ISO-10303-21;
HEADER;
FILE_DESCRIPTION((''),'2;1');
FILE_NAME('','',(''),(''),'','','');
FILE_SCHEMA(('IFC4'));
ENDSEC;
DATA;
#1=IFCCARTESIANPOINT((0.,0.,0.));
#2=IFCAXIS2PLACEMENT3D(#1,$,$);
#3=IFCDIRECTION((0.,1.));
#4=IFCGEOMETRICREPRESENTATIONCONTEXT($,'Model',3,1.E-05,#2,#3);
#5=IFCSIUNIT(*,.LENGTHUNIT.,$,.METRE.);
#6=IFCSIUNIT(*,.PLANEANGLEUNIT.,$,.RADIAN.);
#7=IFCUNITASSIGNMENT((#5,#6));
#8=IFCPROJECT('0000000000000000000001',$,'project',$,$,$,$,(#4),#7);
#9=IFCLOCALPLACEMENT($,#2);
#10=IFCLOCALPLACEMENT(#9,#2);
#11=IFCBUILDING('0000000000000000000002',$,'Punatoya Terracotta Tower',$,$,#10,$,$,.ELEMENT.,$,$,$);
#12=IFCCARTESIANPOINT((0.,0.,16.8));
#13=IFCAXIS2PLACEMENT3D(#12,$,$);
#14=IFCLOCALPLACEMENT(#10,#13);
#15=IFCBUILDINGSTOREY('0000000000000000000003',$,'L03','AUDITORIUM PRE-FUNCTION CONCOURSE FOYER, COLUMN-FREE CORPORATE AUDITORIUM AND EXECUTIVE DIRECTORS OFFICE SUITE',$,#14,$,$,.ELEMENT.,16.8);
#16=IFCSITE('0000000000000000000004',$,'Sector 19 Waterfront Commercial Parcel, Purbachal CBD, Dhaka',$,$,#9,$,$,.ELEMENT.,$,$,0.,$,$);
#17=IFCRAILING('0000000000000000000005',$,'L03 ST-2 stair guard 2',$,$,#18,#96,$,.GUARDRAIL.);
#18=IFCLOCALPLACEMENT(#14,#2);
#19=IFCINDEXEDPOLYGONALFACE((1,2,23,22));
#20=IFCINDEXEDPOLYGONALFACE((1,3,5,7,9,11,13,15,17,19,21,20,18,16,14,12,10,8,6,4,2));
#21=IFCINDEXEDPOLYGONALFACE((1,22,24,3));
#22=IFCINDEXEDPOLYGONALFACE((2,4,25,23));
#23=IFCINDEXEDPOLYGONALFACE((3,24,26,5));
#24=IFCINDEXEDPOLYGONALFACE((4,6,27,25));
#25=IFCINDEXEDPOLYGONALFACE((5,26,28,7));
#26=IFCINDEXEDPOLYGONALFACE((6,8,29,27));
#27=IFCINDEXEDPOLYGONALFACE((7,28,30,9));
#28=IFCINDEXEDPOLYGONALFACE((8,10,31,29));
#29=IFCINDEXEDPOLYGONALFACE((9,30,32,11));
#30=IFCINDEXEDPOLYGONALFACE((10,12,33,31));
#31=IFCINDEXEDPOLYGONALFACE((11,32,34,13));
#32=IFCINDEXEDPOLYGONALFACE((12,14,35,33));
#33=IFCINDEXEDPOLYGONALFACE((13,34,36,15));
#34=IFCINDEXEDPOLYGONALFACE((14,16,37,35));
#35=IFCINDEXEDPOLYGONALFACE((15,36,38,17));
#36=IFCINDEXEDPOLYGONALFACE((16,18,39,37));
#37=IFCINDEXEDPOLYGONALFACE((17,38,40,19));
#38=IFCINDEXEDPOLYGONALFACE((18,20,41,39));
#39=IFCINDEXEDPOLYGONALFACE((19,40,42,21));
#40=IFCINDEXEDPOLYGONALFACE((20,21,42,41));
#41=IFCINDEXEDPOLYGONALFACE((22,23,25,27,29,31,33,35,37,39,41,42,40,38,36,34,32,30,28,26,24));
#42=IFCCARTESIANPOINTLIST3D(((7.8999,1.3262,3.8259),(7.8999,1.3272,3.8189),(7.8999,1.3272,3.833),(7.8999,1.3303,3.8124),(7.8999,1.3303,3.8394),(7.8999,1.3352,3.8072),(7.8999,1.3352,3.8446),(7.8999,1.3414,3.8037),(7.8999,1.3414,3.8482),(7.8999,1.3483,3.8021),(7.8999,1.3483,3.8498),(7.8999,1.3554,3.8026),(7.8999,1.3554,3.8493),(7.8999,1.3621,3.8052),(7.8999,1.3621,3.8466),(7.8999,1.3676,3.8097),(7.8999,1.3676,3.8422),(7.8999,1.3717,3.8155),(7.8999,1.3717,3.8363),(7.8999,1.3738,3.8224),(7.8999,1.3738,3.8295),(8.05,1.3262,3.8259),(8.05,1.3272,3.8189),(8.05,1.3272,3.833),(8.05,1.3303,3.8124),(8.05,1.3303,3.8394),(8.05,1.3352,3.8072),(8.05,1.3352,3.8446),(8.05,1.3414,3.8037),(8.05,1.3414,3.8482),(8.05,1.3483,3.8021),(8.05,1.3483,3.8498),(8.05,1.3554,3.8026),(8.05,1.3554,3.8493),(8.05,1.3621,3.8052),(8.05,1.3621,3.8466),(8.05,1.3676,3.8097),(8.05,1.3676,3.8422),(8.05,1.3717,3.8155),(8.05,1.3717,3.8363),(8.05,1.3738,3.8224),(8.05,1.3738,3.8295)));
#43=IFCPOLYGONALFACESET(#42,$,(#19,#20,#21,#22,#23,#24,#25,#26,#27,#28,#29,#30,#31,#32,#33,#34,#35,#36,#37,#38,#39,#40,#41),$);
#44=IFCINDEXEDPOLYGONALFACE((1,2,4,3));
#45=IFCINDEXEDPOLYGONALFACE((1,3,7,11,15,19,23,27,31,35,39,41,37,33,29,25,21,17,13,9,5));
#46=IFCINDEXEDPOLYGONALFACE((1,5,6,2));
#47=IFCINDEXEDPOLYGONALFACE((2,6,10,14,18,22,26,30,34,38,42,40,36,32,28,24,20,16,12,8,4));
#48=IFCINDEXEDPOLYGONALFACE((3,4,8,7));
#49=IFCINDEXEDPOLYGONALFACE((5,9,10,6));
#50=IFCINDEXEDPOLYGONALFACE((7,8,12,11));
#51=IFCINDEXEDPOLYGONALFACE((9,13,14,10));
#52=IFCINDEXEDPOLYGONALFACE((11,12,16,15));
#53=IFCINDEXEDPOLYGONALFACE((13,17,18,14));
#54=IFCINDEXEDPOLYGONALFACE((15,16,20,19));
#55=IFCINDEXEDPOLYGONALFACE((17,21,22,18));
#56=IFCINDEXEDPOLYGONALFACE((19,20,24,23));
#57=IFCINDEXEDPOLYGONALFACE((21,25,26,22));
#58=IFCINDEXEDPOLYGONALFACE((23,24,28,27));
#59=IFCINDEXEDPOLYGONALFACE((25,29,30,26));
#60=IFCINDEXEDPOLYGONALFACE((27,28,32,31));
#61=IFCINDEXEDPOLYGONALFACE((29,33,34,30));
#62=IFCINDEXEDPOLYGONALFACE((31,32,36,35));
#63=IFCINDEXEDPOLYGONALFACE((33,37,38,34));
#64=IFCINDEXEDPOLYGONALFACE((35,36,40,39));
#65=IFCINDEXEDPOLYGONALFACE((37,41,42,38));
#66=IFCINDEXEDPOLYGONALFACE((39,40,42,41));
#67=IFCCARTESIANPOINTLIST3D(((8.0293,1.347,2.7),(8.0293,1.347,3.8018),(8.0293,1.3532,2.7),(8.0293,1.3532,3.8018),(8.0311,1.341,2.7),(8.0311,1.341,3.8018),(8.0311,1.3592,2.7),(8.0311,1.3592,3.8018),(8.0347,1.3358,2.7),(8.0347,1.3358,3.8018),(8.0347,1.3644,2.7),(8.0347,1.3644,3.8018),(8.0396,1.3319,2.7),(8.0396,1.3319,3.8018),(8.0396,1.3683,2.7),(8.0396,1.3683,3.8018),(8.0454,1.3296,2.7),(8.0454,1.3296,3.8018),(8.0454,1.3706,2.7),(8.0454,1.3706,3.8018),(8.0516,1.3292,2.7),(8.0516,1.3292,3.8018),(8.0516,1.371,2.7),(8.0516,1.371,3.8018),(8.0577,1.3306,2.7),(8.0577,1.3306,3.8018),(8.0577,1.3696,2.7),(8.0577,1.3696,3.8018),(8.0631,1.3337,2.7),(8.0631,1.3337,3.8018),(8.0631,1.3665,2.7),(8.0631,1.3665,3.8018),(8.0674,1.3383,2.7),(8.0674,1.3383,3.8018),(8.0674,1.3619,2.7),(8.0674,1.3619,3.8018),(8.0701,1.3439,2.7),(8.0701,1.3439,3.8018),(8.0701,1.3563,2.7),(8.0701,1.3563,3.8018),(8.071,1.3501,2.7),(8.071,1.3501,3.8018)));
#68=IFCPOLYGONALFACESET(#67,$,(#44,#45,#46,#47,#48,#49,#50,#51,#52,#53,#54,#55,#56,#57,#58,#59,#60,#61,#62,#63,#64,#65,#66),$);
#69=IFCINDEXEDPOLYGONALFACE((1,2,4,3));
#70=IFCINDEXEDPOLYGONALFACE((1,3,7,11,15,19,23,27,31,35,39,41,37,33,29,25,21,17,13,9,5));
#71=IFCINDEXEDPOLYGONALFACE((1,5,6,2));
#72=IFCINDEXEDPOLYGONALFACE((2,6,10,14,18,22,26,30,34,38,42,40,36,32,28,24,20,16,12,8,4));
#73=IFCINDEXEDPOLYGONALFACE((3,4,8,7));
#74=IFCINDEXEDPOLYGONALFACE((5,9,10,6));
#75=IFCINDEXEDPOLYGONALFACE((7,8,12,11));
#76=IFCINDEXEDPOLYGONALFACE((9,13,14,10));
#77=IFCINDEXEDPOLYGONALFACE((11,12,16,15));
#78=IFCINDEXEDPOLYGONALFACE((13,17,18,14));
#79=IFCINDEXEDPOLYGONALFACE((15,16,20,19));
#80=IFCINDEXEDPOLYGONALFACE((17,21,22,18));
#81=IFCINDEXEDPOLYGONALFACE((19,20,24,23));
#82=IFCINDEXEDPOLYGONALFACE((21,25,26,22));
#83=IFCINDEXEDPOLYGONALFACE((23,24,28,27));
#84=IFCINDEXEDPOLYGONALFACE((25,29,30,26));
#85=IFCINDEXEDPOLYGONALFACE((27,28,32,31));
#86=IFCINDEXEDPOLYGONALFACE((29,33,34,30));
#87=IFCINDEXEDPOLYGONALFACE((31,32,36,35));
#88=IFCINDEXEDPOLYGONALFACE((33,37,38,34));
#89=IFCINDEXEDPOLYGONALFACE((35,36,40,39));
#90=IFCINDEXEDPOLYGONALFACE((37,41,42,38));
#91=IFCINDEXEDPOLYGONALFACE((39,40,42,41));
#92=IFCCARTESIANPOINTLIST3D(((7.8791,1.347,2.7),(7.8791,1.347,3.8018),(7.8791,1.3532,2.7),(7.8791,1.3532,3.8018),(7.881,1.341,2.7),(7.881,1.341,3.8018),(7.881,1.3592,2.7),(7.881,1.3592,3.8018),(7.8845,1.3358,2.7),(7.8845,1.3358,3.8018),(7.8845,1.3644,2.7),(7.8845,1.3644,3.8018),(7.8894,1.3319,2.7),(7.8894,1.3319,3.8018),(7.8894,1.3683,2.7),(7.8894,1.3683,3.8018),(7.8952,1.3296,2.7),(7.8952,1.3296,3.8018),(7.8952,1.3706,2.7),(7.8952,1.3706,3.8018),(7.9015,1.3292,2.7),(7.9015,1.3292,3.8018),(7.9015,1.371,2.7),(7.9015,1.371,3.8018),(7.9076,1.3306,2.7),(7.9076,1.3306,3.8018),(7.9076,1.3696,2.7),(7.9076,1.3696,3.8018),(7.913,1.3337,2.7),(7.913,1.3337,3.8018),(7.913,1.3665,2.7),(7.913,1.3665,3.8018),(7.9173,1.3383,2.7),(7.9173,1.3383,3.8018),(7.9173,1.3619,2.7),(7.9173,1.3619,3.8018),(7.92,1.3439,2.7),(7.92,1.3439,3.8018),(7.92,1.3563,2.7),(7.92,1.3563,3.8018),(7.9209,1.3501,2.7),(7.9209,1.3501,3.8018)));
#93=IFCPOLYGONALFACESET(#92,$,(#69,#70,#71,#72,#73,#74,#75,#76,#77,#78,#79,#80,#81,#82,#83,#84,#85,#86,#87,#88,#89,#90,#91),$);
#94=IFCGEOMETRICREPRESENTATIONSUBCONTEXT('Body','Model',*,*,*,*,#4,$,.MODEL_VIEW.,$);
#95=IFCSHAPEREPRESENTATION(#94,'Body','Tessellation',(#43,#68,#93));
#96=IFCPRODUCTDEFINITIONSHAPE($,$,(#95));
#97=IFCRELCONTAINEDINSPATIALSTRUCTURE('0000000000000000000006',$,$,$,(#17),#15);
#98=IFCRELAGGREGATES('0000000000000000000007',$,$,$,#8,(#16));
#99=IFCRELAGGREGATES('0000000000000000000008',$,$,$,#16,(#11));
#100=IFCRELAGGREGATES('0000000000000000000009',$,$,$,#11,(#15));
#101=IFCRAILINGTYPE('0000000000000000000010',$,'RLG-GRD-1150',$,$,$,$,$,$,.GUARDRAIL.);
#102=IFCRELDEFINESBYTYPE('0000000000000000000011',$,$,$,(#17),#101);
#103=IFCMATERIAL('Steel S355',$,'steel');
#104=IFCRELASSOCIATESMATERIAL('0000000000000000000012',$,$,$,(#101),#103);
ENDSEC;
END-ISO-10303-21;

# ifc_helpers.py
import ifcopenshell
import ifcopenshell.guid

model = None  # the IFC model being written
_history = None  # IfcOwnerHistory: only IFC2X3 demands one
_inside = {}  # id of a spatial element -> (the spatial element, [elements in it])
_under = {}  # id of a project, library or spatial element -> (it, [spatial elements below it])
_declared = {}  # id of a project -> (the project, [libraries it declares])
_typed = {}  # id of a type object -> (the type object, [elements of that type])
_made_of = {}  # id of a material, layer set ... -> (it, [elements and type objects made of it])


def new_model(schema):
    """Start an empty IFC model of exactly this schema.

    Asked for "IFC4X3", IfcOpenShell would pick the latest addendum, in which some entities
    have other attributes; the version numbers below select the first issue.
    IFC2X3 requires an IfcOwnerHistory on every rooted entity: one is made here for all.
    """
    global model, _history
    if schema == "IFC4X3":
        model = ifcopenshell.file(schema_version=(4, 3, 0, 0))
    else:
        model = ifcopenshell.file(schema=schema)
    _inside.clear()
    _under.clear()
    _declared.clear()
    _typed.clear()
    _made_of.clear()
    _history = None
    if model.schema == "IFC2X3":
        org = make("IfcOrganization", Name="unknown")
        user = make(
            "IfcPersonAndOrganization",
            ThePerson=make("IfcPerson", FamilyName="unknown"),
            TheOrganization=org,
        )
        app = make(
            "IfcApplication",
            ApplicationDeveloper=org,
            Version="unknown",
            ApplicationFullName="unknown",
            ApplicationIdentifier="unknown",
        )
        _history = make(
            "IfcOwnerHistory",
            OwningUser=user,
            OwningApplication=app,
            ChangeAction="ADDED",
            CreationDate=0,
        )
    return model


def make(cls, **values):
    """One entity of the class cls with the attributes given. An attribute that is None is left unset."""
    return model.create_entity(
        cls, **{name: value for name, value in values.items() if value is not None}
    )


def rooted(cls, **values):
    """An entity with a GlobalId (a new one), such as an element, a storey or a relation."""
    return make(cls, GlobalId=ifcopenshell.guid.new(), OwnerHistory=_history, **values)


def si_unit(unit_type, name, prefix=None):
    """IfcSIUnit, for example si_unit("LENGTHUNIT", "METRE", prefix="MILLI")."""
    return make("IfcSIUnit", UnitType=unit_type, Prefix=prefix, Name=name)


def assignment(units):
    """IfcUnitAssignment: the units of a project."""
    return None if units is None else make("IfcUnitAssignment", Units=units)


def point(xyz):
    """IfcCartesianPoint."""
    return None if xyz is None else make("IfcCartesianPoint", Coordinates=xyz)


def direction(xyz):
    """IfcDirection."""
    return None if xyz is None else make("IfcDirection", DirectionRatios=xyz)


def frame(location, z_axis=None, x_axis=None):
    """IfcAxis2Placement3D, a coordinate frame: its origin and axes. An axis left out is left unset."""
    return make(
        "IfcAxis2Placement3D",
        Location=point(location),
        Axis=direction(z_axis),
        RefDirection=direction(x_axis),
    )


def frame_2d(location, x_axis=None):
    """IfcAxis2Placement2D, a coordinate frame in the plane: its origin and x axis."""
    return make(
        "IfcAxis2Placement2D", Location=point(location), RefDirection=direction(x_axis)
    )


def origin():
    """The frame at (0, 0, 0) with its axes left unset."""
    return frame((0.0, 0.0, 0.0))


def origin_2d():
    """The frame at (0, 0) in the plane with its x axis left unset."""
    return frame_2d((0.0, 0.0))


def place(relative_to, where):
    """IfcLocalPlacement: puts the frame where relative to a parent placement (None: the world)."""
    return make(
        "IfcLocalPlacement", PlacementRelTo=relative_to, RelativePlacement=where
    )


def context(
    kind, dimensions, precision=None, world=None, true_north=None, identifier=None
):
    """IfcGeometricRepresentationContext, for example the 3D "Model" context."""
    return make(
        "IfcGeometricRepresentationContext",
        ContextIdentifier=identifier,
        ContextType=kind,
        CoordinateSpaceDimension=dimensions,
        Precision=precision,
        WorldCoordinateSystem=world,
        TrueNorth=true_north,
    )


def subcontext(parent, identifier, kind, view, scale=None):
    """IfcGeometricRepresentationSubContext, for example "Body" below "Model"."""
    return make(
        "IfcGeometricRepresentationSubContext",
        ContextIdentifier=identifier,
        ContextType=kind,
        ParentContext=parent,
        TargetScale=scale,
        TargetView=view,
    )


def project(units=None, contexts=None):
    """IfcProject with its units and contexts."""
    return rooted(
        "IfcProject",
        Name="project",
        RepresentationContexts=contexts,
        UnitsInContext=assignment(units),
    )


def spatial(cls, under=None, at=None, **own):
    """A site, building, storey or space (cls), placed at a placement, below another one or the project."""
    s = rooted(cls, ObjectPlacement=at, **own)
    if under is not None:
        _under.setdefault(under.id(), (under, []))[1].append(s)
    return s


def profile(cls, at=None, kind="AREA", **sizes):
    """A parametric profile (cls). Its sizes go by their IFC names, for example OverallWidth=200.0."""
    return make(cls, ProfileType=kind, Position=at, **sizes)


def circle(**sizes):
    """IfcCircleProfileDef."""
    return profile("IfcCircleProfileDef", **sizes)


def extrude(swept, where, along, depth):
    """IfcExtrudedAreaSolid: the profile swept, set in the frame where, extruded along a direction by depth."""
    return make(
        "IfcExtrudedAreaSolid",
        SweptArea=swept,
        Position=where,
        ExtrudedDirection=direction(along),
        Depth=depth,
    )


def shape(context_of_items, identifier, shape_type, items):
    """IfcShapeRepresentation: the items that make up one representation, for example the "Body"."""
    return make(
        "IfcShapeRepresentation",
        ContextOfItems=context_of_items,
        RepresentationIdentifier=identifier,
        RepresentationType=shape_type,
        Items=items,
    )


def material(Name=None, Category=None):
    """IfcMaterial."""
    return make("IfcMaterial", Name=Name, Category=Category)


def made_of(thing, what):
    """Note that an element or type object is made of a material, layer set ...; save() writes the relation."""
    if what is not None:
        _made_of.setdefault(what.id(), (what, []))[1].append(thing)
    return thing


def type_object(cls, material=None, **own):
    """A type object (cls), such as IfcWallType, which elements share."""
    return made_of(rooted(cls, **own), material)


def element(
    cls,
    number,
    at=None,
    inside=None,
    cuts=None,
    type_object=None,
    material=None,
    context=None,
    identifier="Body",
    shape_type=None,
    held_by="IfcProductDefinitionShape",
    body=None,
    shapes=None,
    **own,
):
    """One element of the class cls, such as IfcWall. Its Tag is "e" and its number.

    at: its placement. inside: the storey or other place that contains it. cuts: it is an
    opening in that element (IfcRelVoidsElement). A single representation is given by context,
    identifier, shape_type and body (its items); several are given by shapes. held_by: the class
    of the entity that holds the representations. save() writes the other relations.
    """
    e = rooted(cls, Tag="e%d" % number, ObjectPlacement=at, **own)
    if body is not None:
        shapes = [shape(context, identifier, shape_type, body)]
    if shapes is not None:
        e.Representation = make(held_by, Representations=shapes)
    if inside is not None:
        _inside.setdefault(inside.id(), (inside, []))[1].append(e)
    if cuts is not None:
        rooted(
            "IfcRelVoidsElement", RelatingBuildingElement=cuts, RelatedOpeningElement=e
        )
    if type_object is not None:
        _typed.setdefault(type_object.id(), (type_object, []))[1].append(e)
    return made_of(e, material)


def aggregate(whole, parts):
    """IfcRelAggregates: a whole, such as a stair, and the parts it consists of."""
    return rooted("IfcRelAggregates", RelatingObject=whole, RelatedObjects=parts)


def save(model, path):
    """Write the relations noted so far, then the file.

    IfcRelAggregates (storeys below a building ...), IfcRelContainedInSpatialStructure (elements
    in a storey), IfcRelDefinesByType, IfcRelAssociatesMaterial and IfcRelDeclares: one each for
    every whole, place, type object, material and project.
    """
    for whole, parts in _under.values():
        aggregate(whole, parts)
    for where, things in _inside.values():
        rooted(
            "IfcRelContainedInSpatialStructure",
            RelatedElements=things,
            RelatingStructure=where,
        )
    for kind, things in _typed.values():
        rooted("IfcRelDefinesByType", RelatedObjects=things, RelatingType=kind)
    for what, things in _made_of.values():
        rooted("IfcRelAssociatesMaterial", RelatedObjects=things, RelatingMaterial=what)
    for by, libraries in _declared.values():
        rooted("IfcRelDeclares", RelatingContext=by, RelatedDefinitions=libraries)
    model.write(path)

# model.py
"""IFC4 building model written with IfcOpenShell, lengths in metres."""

from ifc_helpers import new_model, si_unit, direction, frame, origin, origin_2d, place, context, subcontext, project, spatial, circle, extrude, material, type_object, element, save


model = new_model("IFC4")

# Units and contexts
model_context = context("Model", 3, precision=1e-05, world=origin(), true_north=direction((0.0, 1.0)))
body_context = subcontext(model_context, "Body", "Model", "MODEL_VIEW")
ifc_project = project(units=[si_unit("LENGTHUNIT", "METRE"), si_unit("PLANEANGLEUNIT", "RADIAN")], contexts=[model_context])

# Site, building, storey
site_placement = place(None, origin())
site = spatial("IfcSite", under=ifc_project, at=site_placement, Name="Sector 19 Waterfront Commercial Parcel, Purbachal CBD, Dhaka", CompositionType="ELEMENT", RefElevation=0.0)
building_placement = place(site_placement, origin())
building = spatial("IfcBuilding", under=site, at=building_placement, Name="Punatoya Terracotta Tower", CompositionType="ELEMENT")
storey_placement = place(building_placement, frame((0.0, 0.0, 16.8)))
storey = spatial("IfcBuildingStorey", under=building, at=storey_placement, Name="L03", Description="AUDITORIUM PRE-FUNCTION CONCOURSE FOYER, COLUMN-FREE CORPORATE AUDITORIUM AND EXECUTIVE DIRECTORS OFFICE SUITE", CompositionType="ELEMENT", Elevation=16.8)

# Shared definitions
ifc_material_1 = material(Name="Steel S355", Category="steel")

# Railing
railing_type_1 = type_object("IfcRailingType", Name="RLG-GRD-1150", PredefinedType="GUARDRAIL", material=ifc_material_1)
railing_1_placement = place(storey_placement, frame((8.05, 1.3501, 2.7)))
element("IfcRailing", 1, at=railing_1_placement, inside=storey, type_object=railing_type_1, Name="L03 ST-2 stair guard 2", PredefinedType="GUARDRAIL", context=body_context, shape_type="SweptSolid", body=[
    extrude(circle(Radius=0.0239, at=origin_2d()), frame((0.0, 0.0, 1.126), z_axis=(-1.0, 0.0, 0.0), x_axis=(0.0, -1.0, 0.0)), (0.0, 0.0, 1.0), 0.1501),
    extrude(circle(Radius=0.021, at=origin_2d()), origin(), (0.0, 0.0, 1.0), 1.1018),
    extrude(circle(Radius=0.021, at=origin_2d()), frame((-0.1501, 0.0, 0.0)), (0.0, 0.0, 1.0), 1.1018),
])

save(model, "model.ifc")
